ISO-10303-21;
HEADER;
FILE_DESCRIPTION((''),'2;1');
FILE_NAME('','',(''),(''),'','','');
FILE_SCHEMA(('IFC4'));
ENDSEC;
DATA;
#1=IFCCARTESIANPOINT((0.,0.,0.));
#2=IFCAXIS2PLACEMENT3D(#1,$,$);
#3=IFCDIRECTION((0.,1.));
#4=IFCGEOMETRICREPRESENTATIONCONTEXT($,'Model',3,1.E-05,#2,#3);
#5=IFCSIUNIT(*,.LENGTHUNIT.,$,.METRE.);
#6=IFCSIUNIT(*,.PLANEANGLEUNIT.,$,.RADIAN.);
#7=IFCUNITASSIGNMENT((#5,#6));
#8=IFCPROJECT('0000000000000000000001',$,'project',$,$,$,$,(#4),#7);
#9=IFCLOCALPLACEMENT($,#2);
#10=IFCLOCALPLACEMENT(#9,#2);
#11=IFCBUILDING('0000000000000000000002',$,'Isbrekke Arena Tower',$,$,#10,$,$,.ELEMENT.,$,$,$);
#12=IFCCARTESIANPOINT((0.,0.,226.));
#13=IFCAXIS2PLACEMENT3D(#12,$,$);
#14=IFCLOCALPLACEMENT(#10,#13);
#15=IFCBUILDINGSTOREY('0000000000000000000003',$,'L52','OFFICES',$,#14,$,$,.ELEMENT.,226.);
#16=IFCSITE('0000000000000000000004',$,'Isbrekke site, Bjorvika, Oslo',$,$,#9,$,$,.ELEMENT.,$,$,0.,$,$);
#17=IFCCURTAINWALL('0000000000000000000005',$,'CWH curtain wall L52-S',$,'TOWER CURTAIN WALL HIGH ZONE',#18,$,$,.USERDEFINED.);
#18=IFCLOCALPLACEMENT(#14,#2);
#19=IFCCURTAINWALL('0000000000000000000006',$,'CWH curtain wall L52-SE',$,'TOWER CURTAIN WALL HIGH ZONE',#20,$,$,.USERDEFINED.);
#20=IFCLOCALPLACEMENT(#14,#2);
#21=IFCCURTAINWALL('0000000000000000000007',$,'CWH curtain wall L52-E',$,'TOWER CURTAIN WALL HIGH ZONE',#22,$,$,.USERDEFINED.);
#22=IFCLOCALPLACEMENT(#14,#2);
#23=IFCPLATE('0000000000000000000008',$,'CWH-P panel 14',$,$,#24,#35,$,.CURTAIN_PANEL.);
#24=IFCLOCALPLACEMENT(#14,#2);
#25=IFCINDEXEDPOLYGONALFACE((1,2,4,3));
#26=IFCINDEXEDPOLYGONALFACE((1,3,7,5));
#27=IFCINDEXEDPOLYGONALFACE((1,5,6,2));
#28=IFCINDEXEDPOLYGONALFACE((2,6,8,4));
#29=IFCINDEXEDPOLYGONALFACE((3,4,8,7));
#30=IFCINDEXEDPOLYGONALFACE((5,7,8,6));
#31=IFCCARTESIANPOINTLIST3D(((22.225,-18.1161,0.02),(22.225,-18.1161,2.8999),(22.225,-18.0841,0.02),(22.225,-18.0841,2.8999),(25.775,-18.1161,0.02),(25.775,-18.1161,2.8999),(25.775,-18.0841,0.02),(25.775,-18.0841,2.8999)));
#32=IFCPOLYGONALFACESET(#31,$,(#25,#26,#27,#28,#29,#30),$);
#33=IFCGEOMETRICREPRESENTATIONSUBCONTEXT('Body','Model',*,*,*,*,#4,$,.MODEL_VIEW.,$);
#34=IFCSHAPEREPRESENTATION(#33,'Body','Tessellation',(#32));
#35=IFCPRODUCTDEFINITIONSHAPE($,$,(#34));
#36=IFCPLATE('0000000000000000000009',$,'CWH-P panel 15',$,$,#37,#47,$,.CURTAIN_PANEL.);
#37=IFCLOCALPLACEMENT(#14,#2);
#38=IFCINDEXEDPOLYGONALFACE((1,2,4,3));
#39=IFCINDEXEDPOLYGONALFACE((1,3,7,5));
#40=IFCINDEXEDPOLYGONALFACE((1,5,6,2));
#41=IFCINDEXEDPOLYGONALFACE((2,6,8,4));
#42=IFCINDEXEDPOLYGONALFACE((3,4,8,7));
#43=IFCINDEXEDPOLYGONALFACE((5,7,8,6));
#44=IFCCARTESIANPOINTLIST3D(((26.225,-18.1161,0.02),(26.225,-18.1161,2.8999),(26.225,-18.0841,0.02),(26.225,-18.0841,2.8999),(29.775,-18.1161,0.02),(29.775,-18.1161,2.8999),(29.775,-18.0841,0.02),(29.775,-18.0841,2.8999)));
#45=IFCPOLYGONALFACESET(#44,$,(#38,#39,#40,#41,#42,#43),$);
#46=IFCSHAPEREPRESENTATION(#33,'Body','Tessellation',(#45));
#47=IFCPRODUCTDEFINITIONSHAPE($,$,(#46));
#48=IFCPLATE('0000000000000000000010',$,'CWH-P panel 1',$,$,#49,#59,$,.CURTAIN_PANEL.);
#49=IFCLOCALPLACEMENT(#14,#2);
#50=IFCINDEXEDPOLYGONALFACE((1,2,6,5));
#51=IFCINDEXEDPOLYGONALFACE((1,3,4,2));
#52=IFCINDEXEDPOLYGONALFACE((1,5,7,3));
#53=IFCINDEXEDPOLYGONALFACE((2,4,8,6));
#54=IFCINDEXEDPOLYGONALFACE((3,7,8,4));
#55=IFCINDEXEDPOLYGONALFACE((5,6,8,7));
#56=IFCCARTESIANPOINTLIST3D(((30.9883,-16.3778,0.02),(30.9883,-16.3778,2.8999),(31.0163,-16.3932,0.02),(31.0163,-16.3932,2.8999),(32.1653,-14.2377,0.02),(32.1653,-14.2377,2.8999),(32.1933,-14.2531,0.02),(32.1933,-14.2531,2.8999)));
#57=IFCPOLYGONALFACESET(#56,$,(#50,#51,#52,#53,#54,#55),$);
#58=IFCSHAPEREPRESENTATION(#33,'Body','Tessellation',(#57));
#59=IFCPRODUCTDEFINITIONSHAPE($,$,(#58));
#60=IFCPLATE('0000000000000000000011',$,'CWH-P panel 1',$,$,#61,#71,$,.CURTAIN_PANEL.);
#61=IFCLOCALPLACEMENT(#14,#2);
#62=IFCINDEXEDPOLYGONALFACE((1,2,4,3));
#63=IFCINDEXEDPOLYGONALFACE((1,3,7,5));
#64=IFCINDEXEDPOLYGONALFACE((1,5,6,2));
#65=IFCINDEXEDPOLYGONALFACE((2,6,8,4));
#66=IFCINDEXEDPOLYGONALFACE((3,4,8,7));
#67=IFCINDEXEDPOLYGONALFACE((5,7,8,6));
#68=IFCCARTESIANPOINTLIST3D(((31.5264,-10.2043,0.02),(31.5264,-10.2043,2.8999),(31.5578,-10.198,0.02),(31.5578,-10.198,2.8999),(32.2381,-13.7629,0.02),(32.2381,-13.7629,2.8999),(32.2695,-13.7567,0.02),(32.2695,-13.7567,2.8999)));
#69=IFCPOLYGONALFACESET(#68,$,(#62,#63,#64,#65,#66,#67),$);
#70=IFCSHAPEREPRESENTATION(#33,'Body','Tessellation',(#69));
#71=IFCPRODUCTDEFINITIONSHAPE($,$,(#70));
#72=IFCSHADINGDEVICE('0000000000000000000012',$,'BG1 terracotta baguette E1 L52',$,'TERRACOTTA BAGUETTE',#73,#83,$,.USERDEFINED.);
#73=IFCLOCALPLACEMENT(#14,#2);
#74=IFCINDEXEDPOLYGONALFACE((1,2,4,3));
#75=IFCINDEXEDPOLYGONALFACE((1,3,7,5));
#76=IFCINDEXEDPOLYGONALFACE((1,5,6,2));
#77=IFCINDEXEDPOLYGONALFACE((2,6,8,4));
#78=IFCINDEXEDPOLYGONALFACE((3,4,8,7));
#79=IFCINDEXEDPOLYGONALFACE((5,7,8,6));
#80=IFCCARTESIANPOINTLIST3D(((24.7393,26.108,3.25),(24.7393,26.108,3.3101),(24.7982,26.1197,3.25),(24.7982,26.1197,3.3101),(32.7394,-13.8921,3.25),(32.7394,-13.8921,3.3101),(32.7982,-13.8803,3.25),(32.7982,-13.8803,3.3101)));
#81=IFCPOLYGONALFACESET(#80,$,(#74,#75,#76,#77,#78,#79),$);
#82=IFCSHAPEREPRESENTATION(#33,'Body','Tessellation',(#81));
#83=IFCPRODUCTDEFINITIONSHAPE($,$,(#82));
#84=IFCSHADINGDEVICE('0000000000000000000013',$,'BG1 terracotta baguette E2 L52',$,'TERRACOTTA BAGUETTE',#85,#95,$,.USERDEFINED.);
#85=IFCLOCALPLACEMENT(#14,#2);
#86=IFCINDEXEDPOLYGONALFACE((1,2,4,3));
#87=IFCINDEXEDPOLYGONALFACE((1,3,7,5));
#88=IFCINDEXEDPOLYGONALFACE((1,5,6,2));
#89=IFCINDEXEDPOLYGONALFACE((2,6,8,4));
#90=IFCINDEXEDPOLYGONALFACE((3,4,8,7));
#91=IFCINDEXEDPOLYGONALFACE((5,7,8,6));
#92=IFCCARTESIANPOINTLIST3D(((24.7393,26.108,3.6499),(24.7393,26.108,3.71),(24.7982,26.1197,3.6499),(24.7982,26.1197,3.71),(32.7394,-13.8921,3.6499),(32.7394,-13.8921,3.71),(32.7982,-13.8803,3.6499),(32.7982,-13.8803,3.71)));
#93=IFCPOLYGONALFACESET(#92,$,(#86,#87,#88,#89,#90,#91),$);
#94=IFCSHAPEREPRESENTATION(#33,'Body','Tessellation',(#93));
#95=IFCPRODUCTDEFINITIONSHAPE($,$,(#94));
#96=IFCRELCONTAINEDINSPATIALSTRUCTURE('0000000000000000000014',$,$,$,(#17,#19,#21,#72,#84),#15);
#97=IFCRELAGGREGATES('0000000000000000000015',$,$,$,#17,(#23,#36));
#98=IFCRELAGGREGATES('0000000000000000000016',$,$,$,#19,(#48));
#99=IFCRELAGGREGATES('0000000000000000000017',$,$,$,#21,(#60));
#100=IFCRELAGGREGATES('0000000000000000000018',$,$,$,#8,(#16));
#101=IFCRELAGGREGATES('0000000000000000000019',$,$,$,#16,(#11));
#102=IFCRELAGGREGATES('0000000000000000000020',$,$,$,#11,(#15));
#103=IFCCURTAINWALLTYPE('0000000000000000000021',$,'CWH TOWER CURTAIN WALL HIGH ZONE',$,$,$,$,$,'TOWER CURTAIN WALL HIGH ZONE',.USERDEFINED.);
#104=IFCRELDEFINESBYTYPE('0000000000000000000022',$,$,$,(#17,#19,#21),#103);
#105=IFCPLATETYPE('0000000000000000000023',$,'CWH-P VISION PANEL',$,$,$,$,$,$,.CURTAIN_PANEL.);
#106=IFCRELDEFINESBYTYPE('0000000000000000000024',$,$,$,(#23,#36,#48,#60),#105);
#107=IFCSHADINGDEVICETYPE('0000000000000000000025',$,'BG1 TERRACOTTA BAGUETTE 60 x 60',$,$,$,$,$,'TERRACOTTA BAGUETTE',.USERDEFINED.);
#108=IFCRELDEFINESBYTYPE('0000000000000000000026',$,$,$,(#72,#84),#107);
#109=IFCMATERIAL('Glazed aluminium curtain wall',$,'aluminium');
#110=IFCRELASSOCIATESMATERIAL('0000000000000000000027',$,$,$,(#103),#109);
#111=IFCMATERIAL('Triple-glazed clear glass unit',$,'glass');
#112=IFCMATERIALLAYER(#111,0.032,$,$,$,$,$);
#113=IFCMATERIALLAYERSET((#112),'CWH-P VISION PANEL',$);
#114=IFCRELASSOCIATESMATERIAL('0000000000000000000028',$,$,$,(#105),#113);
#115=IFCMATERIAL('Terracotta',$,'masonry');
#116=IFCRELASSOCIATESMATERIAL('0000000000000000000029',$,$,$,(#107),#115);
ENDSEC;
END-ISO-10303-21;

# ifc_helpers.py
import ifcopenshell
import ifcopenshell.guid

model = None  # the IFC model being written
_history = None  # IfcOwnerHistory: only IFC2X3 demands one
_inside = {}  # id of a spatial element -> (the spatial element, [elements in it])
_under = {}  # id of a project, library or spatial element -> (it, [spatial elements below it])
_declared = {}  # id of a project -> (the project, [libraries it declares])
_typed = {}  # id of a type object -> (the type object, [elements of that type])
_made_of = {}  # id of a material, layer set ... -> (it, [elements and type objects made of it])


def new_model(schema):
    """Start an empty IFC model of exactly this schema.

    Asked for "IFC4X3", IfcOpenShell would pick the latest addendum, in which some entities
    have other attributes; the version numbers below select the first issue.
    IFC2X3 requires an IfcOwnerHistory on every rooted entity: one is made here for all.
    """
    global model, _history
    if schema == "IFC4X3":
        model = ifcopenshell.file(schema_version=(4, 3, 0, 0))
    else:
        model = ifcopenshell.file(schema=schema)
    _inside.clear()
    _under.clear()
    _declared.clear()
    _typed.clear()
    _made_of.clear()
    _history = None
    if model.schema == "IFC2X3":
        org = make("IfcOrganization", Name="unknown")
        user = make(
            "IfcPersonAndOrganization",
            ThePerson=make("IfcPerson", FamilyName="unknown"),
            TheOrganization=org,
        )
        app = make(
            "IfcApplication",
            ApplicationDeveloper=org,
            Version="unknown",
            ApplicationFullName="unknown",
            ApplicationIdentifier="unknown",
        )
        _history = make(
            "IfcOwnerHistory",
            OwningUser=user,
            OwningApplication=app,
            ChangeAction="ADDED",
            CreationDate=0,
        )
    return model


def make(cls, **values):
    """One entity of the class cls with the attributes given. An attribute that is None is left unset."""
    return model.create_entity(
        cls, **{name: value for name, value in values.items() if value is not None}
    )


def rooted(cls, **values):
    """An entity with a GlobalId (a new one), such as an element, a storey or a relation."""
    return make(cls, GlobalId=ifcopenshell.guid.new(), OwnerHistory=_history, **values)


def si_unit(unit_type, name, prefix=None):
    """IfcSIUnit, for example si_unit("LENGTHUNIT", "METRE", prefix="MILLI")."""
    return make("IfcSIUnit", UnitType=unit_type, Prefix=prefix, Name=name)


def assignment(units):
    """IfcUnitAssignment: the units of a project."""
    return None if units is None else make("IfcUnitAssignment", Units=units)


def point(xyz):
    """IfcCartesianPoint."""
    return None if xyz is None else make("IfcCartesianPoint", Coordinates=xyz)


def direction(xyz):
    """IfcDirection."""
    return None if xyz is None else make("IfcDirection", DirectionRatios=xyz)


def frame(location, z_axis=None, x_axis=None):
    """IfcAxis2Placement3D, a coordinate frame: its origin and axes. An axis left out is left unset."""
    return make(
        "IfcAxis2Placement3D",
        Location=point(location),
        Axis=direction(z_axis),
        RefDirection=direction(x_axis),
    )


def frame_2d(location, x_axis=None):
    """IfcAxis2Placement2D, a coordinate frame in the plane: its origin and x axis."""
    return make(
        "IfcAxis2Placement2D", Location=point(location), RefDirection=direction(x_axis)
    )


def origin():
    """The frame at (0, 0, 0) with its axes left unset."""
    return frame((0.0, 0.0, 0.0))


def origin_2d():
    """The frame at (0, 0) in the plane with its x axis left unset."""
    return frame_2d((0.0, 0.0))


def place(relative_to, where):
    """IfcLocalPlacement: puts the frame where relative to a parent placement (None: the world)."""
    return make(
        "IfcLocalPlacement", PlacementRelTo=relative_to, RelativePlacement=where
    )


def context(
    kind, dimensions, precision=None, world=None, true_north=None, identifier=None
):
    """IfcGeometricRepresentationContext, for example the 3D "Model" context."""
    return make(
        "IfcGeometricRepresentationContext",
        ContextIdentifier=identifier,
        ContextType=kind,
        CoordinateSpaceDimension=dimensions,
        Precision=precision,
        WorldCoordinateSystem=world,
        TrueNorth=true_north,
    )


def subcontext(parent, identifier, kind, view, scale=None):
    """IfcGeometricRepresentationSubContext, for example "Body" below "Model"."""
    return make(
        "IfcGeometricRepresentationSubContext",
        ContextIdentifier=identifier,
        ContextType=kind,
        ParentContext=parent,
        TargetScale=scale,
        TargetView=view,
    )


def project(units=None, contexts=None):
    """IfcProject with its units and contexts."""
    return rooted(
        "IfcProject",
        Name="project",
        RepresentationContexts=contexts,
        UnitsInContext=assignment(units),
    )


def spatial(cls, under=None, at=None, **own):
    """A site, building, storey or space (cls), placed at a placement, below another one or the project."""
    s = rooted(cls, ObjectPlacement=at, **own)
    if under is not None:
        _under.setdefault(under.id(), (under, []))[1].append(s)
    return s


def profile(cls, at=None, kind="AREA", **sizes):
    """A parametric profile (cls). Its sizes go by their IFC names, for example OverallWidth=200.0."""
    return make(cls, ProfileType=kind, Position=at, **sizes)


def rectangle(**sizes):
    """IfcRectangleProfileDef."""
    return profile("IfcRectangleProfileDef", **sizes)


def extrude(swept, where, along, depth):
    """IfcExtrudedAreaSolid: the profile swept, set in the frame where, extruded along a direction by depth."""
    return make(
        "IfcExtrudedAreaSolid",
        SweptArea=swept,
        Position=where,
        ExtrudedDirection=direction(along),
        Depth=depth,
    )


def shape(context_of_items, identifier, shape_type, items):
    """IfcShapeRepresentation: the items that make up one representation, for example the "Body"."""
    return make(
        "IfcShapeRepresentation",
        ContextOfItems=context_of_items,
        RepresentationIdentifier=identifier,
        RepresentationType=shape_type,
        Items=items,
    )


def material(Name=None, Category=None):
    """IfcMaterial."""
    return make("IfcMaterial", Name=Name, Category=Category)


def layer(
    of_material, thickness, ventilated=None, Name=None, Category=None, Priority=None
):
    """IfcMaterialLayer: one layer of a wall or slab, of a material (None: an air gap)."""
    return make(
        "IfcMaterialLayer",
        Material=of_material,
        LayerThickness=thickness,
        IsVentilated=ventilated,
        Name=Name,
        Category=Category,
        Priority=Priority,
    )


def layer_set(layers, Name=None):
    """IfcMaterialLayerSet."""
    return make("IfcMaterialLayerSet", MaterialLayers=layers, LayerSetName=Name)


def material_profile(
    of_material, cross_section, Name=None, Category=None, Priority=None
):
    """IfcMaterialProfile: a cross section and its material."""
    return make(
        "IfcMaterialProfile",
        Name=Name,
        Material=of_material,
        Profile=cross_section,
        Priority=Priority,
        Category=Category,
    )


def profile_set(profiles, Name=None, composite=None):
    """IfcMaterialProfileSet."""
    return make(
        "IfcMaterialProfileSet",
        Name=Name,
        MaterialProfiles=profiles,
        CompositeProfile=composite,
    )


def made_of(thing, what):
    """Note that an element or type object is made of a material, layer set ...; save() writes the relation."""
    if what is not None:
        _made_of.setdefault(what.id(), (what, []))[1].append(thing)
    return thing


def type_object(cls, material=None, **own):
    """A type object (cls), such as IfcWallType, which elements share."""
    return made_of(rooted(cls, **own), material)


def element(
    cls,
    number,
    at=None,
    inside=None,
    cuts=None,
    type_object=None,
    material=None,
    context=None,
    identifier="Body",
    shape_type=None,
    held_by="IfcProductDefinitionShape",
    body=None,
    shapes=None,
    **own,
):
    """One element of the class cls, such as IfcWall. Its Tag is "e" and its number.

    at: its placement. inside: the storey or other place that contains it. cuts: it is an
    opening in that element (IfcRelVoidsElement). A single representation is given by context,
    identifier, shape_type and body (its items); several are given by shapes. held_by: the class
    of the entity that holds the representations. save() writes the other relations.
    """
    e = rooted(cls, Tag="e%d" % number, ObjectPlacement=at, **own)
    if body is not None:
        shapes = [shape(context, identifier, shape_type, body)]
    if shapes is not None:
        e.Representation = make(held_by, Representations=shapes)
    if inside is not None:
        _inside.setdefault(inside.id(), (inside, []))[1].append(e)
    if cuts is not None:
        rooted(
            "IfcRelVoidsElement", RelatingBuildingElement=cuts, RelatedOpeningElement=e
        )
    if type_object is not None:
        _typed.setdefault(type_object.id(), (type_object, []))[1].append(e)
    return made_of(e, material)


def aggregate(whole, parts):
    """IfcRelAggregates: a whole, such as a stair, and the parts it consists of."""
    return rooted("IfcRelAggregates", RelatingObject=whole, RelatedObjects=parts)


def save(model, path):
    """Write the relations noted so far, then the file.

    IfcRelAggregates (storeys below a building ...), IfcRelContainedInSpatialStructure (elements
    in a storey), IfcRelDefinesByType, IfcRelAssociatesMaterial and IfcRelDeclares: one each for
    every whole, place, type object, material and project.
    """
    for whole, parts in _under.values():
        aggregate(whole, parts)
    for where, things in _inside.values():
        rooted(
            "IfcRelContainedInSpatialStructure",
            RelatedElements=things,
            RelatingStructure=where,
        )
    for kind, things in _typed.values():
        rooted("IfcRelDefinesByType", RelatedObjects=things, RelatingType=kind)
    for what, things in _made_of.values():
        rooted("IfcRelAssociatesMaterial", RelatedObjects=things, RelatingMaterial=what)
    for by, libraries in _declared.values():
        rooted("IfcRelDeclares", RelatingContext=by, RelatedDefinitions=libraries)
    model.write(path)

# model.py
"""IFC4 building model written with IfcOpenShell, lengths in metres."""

from ifc_helpers import new_model, si_unit, direction, frame, origin, origin_2d, place, context, subcontext, project, spatial, rectangle, extrude, material, layer, layer_set, material_profile, profile_set, type_object, element, aggregate, save


model = new_model("IFC4")

# Units and contexts
model_context = context("Model", 3, precision=1e-05, world=origin(), true_north=direction((0.0, 1.0)))
body_context = subcontext(model_context, "Body", "Model", "MODEL_VIEW")
ifc_project = project(units=[si_unit("LENGTHUNIT", "METRE"), si_unit("PLANEANGLEUNIT", "RADIAN")], contexts=[model_context])

# Site, building, storey
site_placement = place(None, origin())
site = spatial("IfcSite", under=ifc_project, at=site_placement, Name="Isbrekke site, Bjorvika, Oslo", CompositionType="ELEMENT", RefElevation=0.0)
building_placement = place(site_placement, origin())
building = spatial("IfcBuilding", under=site, at=building_placement, Name="Isbrekke Arena Tower", CompositionType="ELEMENT")
storey_placement = place(building_placement, frame((0.0, 0.0, 226.0)))
storey = spatial("IfcBuildingStorey", under=building, at=storey_placement, Name="L52", Description="OFFICES", CompositionType="ELEMENT", Elevation=226.0)

# Curtain walls
ifc_material_1 = material(Name="Glazed aluminium curtain wall", Category="aluminium")
curtain_wall_type = type_object("IfcCurtainWallType", Name="CWH TOWER CURTAIN WALL HIGH ZONE", ElementType="TOWER CURTAIN WALL HIGH ZONE", PredefinedType="USERDEFINED", material=ifc_material_1)
curtain_wall_1_placement = place(storey_placement, origin())
curtain_wall_1 = element("IfcCurtainWall", 1, at=curtain_wall_1_placement, inside=storey, type_object=curtain_wall_type, Name="CWH curtain wall L52-S", ObjectType="TOWER CURTAIN WALL HIGH ZONE", PredefinedType="USERDEFINED")
curtain_wall_2_placement = place(storey_placement, origin())
curtain_wall_2 = element("IfcCurtainWall", 2, at=curtain_wall_2_placement, inside=storey, type_object=curtain_wall_type, Name="CWH curtain wall L52-SE", ObjectType="TOWER CURTAIN WALL HIGH ZONE", PredefinedType="USERDEFINED")

# Curtain wall
curtain_wall_3_placement = place(storey_placement, origin())
curtain_wall_3 = element("IfcCurtainWall", 3, at=curtain_wall_3_placement, inside=storey, type_object=curtain_wall_type, Name="CWH curtain wall L52-E", ObjectType="TOWER CURTAIN WALL HIGH ZONE", PredefinedType="USERDEFINED")

# Plates
ifc_material_2 = material(Name="Triple-glazed clear glass unit", Category="glass")
ifc_layer = layer(ifc_material_2, 0.032)
ifc_layer_set = layer_set([ifc_layer], Name="CWH-P VISION PANEL")
plate_type = type_object("IfcPlateType", Name="CWH-P VISION PANEL", PredefinedType="CURTAIN_PANEL", material=ifc_layer_set)
plate_1_placement = place(storey_placement, frame((24.0, -18.1001, 0.02), z_axis=(0.0, 0.0, 1.0), x_axis=(1.0, 0.0, 0.0)))
plate_1 = element("IfcPlate", 4, at=plate_1_placement, type_object=plate_type, Name="CWH-P panel 14", PredefinedType="CURTAIN_PANEL", context=body_context, shape_type="SweptSolid", body=[
    extrude(rectangle(XDim=3.55, YDim=0.032, at=origin_2d()), origin(), (0.0, 0.0, 1.0), 2.8799),
])
plate_2_placement = place(storey_placement, frame((28.0, -18.1001, 0.02), z_axis=(0.0, 0.0, 1.0), x_axis=(1.0, 0.0, 0.0)))
plate_2 = element("IfcPlate", 5, at=plate_2_placement, type_object=plate_type, Name="CWH-P panel 15", PredefinedType="CURTAIN_PANEL", context=body_context, shape_type="SweptSolid", body=[
    extrude(rectangle(XDim=3.55, YDim=0.032, at=origin_2d()), origin(), (0.0, 0.0, 1.0), 2.8799),
])
aggregate(curtain_wall_1, [plate_1, plate_2])
plate_3_placement = place(storey_placement, frame((31.5908, -15.3154, 0.02), z_axis=(0.0, 0.0, 1.0), x_axis=(0.481919, 0.876216, 0.0)))
plate_3 = element("IfcPlate", 6, at=plate_3_placement, type_object=plate_type, Name="CWH-P panel 1", PredefinedType="CURTAIN_PANEL", context=body_context, shape_type="SweptSolid", body=[
    extrude(rectangle(XDim=2.4424, YDim=0.032, at=origin_2d()), origin(), (0.0, 0.0, 1.0), 2.8799),
])
aggregate(curtain_wall_2, [plate_3])
plate_4_placement = place(storey_placement, frame((31.8979, -11.9805, 0.02), z_axis=(0.0, 0.0, 1.0), x_axis=(-0.196116, 0.980581, 0.0)))
plate_4 = element("IfcPlate", 7, at=plate_4_placement, type_object=plate_type, Name="CWH-P panel 1", PredefinedType="CURTAIN_PANEL", context=body_context, shape_type="SweptSolid", body=[
    extrude(rectangle(XDim=3.6292, YDim=0.032, at=origin_2d()), origin(), (0.0, 0.0, 1.0), 2.8799),
])
aggregate(curtain_wall_3, [plate_4])

# Shading devices
ifc_material_3 = material(Name="Terracotta", Category="masonry")
ifc_material_profile_1 = material_profile(ifc_material_3, rectangle(XDim=0.0601, YDim=0.0601, at=origin_2d()), Name="BAGUETTE 60X60")
ifc_profile_set_1 = profile_set([ifc_material_profile_1], Name="Terracotta")
shading_device_type = type_object("IfcShadingDeviceType", Name="BG1 TERRACOTTA BAGUETTE 60 x 60", ElementType="TERRACOTTA BAGUETTE", PredefinedType="USERDEFINED", material=ifc_profile_set_1)
for number, where, z_axis, x_axis, name in (
    (8, (32.7688, -13.8862, 3.28), (-0.196116, 0.980581, 0.0), (-0.980581, -0.196116, 0.0), "BG1 terracotta baguette E1 L52"),
    (9, (32.7688, -13.8862, 3.6799), (-0.196116, 0.980581, 0.0), (-0.980581, -0.196116, 0.0), "BG1 terracotta baguette E2 L52"),
):
    element("IfcShadingDevice", number, at=place(storey_placement, frame(where, z_axis=z_axis, x_axis=x_axis)), inside=storey, type_object=shading_device_type, Name=name, ObjectType="TERRACOTTA BAGUETTE", PredefinedType="USERDEFINED", context=body_context, shape_type="SweptSolid", body=[
        extrude(rectangle(XDim=0.0601, YDim=0.0601, at=origin_2d()), origin(), (0.0, 0.0, 1.0), 40.7922),
    ])

save(model, "model.ifc")
